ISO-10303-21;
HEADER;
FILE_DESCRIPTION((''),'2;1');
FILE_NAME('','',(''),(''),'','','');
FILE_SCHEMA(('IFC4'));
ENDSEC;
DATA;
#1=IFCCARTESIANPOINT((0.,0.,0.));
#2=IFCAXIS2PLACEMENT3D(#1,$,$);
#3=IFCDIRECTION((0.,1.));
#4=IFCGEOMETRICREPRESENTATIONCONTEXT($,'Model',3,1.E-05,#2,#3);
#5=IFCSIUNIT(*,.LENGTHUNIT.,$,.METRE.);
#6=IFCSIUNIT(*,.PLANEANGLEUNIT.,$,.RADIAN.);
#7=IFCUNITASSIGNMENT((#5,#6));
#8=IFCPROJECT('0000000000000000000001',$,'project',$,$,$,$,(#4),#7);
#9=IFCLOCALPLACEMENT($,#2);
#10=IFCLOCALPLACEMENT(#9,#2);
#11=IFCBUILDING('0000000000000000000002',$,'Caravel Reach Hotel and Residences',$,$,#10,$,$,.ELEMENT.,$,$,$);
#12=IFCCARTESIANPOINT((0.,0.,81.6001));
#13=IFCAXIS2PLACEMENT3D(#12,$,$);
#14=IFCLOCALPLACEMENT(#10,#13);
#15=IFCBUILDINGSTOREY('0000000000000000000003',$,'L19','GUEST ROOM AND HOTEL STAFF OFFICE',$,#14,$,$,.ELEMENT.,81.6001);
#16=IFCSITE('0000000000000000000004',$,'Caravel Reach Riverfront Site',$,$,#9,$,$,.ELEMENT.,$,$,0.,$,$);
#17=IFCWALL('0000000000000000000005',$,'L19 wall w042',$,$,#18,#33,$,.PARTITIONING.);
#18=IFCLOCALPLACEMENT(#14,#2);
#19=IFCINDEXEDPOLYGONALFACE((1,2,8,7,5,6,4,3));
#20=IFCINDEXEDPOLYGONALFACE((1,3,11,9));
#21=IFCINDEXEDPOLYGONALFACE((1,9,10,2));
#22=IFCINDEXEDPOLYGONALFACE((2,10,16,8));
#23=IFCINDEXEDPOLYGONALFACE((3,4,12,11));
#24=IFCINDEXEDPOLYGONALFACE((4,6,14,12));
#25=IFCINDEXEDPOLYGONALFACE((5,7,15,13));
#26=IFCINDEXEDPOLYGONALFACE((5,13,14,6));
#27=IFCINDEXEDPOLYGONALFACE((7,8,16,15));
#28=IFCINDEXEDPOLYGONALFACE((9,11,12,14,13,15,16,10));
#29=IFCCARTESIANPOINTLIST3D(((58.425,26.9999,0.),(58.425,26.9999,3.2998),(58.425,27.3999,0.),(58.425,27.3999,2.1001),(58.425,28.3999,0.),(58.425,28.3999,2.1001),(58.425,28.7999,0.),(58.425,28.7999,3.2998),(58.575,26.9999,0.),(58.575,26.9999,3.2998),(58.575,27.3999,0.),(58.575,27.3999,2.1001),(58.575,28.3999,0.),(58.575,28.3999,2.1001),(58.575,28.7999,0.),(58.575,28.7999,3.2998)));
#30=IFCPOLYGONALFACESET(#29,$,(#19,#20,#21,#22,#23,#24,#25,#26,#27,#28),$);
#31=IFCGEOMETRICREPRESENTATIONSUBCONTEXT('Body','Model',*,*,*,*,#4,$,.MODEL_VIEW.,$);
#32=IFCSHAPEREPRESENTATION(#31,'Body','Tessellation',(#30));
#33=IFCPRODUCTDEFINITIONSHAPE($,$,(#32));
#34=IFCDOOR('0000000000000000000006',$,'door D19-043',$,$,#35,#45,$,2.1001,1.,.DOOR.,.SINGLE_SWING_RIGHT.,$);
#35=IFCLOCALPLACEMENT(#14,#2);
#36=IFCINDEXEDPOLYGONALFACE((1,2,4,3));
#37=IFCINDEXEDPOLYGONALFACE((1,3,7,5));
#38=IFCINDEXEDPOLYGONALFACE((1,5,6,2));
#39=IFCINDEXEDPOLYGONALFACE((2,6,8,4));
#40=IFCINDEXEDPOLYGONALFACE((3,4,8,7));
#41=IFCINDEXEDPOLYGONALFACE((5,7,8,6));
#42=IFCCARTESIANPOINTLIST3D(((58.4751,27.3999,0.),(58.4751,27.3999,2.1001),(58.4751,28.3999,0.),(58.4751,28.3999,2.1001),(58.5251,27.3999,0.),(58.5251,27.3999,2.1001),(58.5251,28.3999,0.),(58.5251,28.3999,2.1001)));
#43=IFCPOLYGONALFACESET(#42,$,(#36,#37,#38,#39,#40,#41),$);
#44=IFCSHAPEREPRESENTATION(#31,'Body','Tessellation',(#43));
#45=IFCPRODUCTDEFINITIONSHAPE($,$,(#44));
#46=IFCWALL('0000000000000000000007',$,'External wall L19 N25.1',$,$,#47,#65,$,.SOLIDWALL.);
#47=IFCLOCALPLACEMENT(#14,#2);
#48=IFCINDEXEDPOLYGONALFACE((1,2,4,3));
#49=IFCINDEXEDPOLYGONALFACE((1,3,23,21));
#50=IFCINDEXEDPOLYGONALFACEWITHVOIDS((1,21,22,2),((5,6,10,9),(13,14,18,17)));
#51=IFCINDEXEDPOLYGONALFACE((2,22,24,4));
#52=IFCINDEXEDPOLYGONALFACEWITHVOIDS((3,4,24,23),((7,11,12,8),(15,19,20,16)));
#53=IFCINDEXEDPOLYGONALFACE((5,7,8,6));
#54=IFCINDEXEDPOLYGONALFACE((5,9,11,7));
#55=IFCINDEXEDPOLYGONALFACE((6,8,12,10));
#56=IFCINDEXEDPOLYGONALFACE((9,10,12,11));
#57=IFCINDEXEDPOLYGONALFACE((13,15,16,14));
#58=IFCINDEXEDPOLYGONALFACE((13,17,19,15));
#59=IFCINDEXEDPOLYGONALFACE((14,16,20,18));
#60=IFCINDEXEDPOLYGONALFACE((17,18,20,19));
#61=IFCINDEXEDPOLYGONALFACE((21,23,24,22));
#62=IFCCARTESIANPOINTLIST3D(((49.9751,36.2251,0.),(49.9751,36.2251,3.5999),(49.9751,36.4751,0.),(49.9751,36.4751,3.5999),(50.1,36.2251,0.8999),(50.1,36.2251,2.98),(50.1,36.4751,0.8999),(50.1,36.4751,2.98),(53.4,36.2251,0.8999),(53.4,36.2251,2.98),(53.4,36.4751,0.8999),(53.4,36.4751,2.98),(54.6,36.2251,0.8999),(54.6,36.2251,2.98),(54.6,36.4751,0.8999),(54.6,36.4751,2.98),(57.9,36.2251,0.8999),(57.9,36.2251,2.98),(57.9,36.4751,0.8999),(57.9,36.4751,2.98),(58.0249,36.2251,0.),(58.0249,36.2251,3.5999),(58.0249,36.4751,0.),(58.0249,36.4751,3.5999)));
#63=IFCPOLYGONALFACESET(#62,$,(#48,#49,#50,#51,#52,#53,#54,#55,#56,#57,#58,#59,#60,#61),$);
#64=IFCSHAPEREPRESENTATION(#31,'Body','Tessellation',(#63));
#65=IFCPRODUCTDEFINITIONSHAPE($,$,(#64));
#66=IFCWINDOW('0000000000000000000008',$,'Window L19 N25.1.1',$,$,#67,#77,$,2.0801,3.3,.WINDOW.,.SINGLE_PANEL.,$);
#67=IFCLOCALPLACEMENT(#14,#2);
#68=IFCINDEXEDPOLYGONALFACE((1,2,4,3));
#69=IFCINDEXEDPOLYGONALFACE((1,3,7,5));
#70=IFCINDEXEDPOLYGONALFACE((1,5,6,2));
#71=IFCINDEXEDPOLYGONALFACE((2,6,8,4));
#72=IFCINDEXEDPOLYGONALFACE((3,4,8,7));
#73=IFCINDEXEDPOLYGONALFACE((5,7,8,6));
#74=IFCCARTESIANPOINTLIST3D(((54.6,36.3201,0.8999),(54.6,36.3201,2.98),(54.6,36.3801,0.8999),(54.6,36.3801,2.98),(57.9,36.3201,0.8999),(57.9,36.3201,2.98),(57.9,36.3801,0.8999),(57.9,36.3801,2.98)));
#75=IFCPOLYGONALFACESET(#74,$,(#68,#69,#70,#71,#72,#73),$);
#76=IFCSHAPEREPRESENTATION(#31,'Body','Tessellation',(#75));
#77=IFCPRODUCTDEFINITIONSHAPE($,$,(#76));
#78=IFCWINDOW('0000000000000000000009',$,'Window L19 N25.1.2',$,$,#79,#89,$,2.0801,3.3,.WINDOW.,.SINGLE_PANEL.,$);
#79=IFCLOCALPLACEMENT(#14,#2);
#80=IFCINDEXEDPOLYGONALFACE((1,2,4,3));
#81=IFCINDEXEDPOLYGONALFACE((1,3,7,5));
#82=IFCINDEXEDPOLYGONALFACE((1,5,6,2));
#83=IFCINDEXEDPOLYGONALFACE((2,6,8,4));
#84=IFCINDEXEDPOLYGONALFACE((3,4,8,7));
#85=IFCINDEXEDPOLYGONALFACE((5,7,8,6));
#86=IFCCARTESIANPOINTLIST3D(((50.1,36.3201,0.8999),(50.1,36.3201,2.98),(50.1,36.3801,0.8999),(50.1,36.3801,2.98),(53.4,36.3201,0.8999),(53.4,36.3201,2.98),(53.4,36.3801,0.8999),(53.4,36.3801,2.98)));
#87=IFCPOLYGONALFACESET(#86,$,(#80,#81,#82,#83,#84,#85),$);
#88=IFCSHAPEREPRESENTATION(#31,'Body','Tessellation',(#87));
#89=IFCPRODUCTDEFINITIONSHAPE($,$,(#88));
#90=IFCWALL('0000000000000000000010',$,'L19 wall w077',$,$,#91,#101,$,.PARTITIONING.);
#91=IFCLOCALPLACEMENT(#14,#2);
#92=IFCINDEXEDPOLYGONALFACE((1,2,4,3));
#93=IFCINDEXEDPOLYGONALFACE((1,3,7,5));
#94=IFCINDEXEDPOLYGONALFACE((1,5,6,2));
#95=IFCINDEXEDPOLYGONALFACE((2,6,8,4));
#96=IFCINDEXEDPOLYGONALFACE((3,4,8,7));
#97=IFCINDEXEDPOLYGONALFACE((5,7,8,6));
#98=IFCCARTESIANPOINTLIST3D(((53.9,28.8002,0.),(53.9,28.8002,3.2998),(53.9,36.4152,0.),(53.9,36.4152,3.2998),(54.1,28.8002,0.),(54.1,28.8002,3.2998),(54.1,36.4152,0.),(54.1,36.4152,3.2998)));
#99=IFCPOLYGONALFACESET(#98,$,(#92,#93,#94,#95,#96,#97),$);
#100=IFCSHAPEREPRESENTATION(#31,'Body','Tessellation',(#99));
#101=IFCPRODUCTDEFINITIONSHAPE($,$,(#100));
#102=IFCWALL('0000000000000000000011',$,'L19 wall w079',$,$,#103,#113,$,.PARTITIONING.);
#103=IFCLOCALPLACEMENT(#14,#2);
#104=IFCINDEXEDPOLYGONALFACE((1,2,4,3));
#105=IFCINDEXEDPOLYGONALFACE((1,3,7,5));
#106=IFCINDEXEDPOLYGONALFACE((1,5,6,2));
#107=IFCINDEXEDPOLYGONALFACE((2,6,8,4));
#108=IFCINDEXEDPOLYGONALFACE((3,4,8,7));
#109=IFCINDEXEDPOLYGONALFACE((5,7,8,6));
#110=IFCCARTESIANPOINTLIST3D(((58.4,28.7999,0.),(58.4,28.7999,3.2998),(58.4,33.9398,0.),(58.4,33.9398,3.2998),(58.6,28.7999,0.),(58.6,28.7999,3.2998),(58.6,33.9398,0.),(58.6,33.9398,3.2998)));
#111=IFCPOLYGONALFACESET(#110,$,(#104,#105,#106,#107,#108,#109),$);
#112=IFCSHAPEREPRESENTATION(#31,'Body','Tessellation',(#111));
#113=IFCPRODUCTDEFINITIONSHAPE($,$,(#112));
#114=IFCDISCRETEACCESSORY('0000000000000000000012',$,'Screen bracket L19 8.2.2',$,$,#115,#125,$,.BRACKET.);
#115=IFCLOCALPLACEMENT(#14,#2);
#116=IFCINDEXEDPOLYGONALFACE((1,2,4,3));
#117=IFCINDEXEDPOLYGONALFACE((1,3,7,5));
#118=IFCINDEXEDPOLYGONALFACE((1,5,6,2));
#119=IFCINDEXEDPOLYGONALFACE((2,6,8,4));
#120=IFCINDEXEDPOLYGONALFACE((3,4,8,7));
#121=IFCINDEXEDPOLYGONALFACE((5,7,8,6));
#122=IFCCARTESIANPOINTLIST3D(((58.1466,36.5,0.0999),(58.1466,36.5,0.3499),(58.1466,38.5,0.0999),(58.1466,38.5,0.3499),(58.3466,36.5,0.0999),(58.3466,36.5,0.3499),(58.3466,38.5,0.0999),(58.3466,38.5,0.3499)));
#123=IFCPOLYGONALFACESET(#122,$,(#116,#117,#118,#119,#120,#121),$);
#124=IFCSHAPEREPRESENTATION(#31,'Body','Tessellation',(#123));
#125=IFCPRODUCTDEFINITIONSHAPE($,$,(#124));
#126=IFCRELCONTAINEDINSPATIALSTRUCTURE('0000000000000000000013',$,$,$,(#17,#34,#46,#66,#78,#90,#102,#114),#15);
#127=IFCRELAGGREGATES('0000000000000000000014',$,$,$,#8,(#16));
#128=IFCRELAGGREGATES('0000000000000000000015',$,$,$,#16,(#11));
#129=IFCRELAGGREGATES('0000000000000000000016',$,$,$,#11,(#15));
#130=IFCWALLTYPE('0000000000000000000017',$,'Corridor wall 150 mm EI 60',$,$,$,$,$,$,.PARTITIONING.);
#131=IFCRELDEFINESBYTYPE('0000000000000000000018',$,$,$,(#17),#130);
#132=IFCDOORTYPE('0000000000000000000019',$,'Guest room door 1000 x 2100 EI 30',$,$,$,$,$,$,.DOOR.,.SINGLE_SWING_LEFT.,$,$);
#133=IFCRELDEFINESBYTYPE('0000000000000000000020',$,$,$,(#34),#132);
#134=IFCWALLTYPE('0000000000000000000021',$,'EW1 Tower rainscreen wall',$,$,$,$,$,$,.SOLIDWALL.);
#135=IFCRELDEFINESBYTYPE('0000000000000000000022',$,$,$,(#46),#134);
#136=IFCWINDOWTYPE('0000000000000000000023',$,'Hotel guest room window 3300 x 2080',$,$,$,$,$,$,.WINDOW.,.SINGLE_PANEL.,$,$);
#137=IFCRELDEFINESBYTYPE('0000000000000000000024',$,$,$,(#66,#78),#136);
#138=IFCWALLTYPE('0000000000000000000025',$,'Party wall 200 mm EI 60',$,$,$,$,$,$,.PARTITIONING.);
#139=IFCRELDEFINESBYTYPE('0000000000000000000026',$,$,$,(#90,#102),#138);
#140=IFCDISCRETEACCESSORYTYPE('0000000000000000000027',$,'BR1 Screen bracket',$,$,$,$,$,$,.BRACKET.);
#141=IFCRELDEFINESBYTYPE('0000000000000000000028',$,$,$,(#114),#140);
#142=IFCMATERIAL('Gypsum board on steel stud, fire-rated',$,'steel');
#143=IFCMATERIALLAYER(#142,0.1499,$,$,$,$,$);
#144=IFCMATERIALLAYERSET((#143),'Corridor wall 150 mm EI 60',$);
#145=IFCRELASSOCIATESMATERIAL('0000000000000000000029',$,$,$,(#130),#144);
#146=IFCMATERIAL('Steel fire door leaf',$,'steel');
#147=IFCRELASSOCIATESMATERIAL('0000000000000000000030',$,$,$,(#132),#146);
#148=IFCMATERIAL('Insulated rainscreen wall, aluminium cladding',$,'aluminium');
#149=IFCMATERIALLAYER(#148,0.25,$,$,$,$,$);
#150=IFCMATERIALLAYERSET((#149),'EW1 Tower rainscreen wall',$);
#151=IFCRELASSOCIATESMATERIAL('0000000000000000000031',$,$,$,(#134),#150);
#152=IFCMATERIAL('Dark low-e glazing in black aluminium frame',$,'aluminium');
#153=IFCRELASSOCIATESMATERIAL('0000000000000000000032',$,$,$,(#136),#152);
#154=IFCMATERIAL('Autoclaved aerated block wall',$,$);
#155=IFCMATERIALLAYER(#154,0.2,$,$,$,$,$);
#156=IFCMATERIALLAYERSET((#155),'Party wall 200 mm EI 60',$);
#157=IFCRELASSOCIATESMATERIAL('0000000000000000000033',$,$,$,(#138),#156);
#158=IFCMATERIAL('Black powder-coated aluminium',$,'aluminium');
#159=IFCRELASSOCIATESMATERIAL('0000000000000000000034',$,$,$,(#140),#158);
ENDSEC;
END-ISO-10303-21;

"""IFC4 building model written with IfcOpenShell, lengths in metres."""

from ifc_helpers import new_model, si_unit, direction, frame, frame_2d, origin, origin_2d, place, context, subcontext, project, spatial, rectangle, extrude, material, layer, layer_set, type_object, element, fill, save


model = new_model("IFC4")

# Units and contexts
model_context = context("Model", 3, precision=1e-05, world=origin(), true_north=direction((0.0, 1.0)))
body_context = subcontext(model_context, "Body", "Model", "MODEL_VIEW")
ifc_project = project(units=[si_unit("LENGTHUNIT", "METRE"), si_unit("PLANEANGLEUNIT", "RADIAN")], contexts=[model_context])

# Site, building, storey
site_placement = place(None, origin())
site = spatial("IfcSite", under=ifc_project, at=site_placement, Name="Caravel Reach Riverfront Site", CompositionType="ELEMENT", RefElevation=0.0)
building_placement = place(site_placement, origin())
building = spatial("IfcBuilding", under=site, at=building_placement, Name="Caravel Reach Hotel and Residences", CompositionType="ELEMENT")
storey_placement = place(building_placement, frame((0.0, 0.0, 81.6001)))
storey = spatial("IfcBuildingStorey", under=building, at=storey_placement, Name="L19", Description="GUEST ROOM AND HOTEL STAFF OFFICE", CompositionType="ELEMENT", Elevation=81.6001)

# Wall, opening, door
ifc_material_1 = material(Name="Gypsum board on steel stud, fire-rated", Category="steel")
ifc_layer_1 = layer(ifc_material_1, 0.1499)
ifc_layer_set_1 = layer_set([ifc_layer_1], Name="Corridor wall 150 mm EI 60")
wall_type_1 = type_object("IfcWallType", Name="Corridor wall 150 mm EI 60", PredefinedType="PARTITIONING", material=ifc_layer_set_1)
wall_1_placement = place(storey_placement, frame((58.5, 27.0, 0.0), z_axis=(0.0, 0.0, 1.0), x_axis=(0.0, 1.0, 0.0)))
wall_1 = element("IfcWall", 1, at=wall_1_placement, inside=storey, type_object=wall_type_1, Name="L19 wall w042", PredefinedType="PARTITIONING", context=body_context, shape_type="SweptSolid", body=[
    extrude(rectangle(XDim=1.8, YDim=0.1499, at=frame_2d((0.8999, 0.0))), origin(), (0.0, 0.0, 1.0), 3.2998),
])
opening_1_placement = place(wall_1_placement, frame((0.3999, 0.0, 0.0)))
opening_1 = element("IfcOpeningElement", 2, at=opening_1_placement, cuts=wall_1, PredefinedType="OPENING", context=body_context, shape_type="SweptSolid", body=[
    extrude(rectangle(XDim=1.0, YDim=2.1001, at=frame_2d((0.5, 1.05))), frame((0.0, 0.085, 0.0), z_axis=(0.0, -1.0, 0.0), x_axis=(1.0, 0.0, 0.0)), (0.0, 0.0, 1.0), 0.1699),
])
ifc_material_2 = material(Name="Steel fire door leaf", Category="steel")
door_type_1 = type_object("IfcDoorType", Name="Guest room door 1000 x 2100 EI 30", OperationType="SINGLE_SWING_LEFT", PredefinedType="DOOR", material=ifc_material_2)
door_1_placement = place(opening_1_placement, origin())
door_1 = element("IfcDoor", 3, at=door_1_placement, inside=storey, type_object=door_type_1, Name="door D19-043", OperationType="SINGLE_SWING_RIGHT", OverallHeight=2.1001, OverallWidth=1.0, PredefinedType="DOOR", context=body_context, shape_type="SweptSolid", body=[
    extrude(rectangle(XDim=1.0, YDim=2.1001, at=frame_2d((0.5, 1.05))), frame((0.0, 0.0249, 0.0), z_axis=(0.0, -1.0, 0.0), x_axis=(1.0, 0.0, 0.0)), (0.0, 0.0, 1.0), 0.05),
])
fill(opening_1, door_1)

# Wall, openings, windows
ifc_material_3 = material(Name="Insulated rainscreen wall, aluminium cladding", Category="aluminium")
ifc_layer_2 = layer(ifc_material_3, 0.25)
ifc_layer_set_2 = layer_set([ifc_layer_2], Name="EW1 Tower rainscreen wall")
wall_type_2 = type_object("IfcWallType", Name="EW1 Tower rainscreen wall", PredefinedType="SOLIDWALL", material=ifc_layer_set_2)
wall_2_placement = place(storey_placement, frame((58.0249, 36.3501, 0.0), z_axis=(0.0, 0.0, 1.0), x_axis=(-1.0, 0.0, 0.0)))
wall_2 = element("IfcWall", 4, at=wall_2_placement, inside=storey, type_object=wall_type_2, Name="External wall L19 N25.1", PredefinedType="SOLIDWALL", context=body_context, shape_type="SweptSolid", body=[
    extrude(rectangle(XDim=8.0498, YDim=0.25, at=frame_2d((4.0249, 0.0))), origin(), (0.0, 0.0, 1.0), 3.5999),
])
opening_2_placement = place(wall_2_placement, frame((0.125, 0.0, 0.8999)))
opening_2 = element("IfcOpeningElement", 5, at=opening_2_placement, cuts=wall_2, PredefinedType="OPENING", context=body_context, shape_type="SweptSolid", body=[
    extrude(rectangle(XDim=3.3, YDim=2.0801, at=frame_2d((1.6499, 1.04))), frame((0.0, 0.135, 0.0), z_axis=(0.0, -1.0, 0.0), x_axis=(1.0, 0.0, 0.0)), (0.0, 0.0, 1.0), 0.27),
])
opening_3_placement = place(wall_2_placement, frame((4.625, 0.0, 0.8999)))
opening_3 = element("IfcOpeningElement", 6, at=opening_3_placement, cuts=wall_2, PredefinedType="OPENING", context=body_context, shape_type="SweptSolid", body=[
    extrude(rectangle(XDim=3.3, YDim=2.0801, at=frame_2d((1.6499, 1.04))), frame((0.0, 0.135, 0.0), z_axis=(0.0, -1.0, 0.0), x_axis=(1.0, 0.0, 0.0)), (0.0, 0.0, 1.0), 0.27),
])
ifc_material_4 = material(Name="Dark low-e glazing in black aluminium frame", Category="aluminium")
window_type = type_object("IfcWindowType", Name="Hotel guest room window 3300 x 2080", PartitioningType="SINGLE_PANEL", PredefinedType="WINDOW", material=ifc_material_4)
window_1_placement = place(opening_2_placement, origin())
window_1 = element("IfcWindow", 7, at=window_1_placement, inside=storey, type_object=window_type, Name="Window L19 N25.1.1", OverallHeight=2.0801, OverallWidth=3.3, PartitioningType="SINGLE_PANEL", PredefinedType="WINDOW", context=body_context, shape_type="SweptSolid", body=[
    extrude(rectangle(XDim=3.3, YDim=2.0801, at=frame_2d((1.6499, 1.04))), frame((0.0, 0.03, 0.0), z_axis=(0.0, -1.0, 0.0), x_axis=(1.0, 0.0, 0.0)), (0.0, 0.0, 1.0), 0.0601),
])
fill(opening_2, window_1)
window_2_placement = place(opening_3_placement, origin())
window_2 = element("IfcWindow", 8, at=window_2_placement, inside=storey, type_object=window_type, Name="Window L19 N25.1.2", OverallHeight=2.0801, OverallWidth=3.3, PartitioningType="SINGLE_PANEL", PredefinedType="WINDOW", context=body_context, shape_type="SweptSolid", body=[
    extrude(rectangle(XDim=3.3, YDim=2.0801, at=frame_2d((1.6499, 1.04))), frame((0.0, 0.03, 0.0), z_axis=(0.0, -1.0, 0.0), x_axis=(1.0, 0.0, 0.0)), (0.0, 0.0, 1.0), 0.0601),
])
fill(opening_3, window_2)

# Walls
ifc_material_5 = material(Name="Autoclaved aerated block wall")
ifc_layer_3 = layer(ifc_material_5, 0.2)
ifc_layer_set_3 = layer_set([ifc_layer_3], Name="Party wall 200 mm EI 60")
wall_type_3 = type_object("IfcWallType", Name="Party wall 200 mm EI 60", PredefinedType="PARTITIONING", material=ifc_layer_set_3)
wall_3_placement = place(storey_placement, frame((54.0, 28.8, 0.0), z_axis=(0.0, 0.0, 1.0), x_axis=(0.0, 1.0, 0.0)))
element("IfcWall", 9, at=wall_3_placement, inside=storey, type_object=wall_type_3, Name="L19 wall w077", PredefinedType="PARTITIONING", context=body_context, shape_type="SweptSolid", body=[
    extrude(rectangle(XDim=7.615, YDim=0.2, at=frame_2d((3.8076, 0.0))), origin(), (0.0, 0.0, 1.0), 3.2998),
])
wall_4_placement = place(storey_placement, frame((58.5, 28.8, 0.0), z_axis=(0.0, 0.0, 1.0), x_axis=(0.0, 1.0, 0.0)))
element("IfcWall", 10, at=wall_4_placement, inside=storey, type_object=wall_type_3, Name="L19 wall w079", PredefinedType="PARTITIONING", context=body_context, shape_type="SweptSolid", body=[
    extrude(rectangle(XDim=5.1399, YDim=0.2, at=frame_2d((2.5698, 0.0))), origin(), (0.0, 0.0, 1.0), 3.2998),
])

# Discrete accessory
ifc_material_6 = material(Name="Black powder-coated aluminium", Category="aluminium")
discrete_accessory_type = type_object("IfcDiscreteAccessoryType", Name="BR1 Screen bracket", PredefinedType="BRACKET", material=ifc_material_6)
discrete_accessory_placement = place(storey_placement, frame((58.2466, 37.5, 0.0999), z_axis=(0.0, 0.0, 1.0), x_axis=(0.0, 1.0, 0.0)))
element("IfcDiscreteAccessory", 11, at=discrete_accessory_placement, inside=storey, type_object=discrete_accessory_type, Name="Screen bracket L19 8.2.2", PredefinedType="BRACKET", context=body_context, shape_type="SweptSolid", body=[
    extrude(rectangle(XDim=2.0, YDim=0.2, at=origin_2d()), origin(), (0.0, 0.0, 1.0), 0.25),
])

save(model, "model.ifc")
